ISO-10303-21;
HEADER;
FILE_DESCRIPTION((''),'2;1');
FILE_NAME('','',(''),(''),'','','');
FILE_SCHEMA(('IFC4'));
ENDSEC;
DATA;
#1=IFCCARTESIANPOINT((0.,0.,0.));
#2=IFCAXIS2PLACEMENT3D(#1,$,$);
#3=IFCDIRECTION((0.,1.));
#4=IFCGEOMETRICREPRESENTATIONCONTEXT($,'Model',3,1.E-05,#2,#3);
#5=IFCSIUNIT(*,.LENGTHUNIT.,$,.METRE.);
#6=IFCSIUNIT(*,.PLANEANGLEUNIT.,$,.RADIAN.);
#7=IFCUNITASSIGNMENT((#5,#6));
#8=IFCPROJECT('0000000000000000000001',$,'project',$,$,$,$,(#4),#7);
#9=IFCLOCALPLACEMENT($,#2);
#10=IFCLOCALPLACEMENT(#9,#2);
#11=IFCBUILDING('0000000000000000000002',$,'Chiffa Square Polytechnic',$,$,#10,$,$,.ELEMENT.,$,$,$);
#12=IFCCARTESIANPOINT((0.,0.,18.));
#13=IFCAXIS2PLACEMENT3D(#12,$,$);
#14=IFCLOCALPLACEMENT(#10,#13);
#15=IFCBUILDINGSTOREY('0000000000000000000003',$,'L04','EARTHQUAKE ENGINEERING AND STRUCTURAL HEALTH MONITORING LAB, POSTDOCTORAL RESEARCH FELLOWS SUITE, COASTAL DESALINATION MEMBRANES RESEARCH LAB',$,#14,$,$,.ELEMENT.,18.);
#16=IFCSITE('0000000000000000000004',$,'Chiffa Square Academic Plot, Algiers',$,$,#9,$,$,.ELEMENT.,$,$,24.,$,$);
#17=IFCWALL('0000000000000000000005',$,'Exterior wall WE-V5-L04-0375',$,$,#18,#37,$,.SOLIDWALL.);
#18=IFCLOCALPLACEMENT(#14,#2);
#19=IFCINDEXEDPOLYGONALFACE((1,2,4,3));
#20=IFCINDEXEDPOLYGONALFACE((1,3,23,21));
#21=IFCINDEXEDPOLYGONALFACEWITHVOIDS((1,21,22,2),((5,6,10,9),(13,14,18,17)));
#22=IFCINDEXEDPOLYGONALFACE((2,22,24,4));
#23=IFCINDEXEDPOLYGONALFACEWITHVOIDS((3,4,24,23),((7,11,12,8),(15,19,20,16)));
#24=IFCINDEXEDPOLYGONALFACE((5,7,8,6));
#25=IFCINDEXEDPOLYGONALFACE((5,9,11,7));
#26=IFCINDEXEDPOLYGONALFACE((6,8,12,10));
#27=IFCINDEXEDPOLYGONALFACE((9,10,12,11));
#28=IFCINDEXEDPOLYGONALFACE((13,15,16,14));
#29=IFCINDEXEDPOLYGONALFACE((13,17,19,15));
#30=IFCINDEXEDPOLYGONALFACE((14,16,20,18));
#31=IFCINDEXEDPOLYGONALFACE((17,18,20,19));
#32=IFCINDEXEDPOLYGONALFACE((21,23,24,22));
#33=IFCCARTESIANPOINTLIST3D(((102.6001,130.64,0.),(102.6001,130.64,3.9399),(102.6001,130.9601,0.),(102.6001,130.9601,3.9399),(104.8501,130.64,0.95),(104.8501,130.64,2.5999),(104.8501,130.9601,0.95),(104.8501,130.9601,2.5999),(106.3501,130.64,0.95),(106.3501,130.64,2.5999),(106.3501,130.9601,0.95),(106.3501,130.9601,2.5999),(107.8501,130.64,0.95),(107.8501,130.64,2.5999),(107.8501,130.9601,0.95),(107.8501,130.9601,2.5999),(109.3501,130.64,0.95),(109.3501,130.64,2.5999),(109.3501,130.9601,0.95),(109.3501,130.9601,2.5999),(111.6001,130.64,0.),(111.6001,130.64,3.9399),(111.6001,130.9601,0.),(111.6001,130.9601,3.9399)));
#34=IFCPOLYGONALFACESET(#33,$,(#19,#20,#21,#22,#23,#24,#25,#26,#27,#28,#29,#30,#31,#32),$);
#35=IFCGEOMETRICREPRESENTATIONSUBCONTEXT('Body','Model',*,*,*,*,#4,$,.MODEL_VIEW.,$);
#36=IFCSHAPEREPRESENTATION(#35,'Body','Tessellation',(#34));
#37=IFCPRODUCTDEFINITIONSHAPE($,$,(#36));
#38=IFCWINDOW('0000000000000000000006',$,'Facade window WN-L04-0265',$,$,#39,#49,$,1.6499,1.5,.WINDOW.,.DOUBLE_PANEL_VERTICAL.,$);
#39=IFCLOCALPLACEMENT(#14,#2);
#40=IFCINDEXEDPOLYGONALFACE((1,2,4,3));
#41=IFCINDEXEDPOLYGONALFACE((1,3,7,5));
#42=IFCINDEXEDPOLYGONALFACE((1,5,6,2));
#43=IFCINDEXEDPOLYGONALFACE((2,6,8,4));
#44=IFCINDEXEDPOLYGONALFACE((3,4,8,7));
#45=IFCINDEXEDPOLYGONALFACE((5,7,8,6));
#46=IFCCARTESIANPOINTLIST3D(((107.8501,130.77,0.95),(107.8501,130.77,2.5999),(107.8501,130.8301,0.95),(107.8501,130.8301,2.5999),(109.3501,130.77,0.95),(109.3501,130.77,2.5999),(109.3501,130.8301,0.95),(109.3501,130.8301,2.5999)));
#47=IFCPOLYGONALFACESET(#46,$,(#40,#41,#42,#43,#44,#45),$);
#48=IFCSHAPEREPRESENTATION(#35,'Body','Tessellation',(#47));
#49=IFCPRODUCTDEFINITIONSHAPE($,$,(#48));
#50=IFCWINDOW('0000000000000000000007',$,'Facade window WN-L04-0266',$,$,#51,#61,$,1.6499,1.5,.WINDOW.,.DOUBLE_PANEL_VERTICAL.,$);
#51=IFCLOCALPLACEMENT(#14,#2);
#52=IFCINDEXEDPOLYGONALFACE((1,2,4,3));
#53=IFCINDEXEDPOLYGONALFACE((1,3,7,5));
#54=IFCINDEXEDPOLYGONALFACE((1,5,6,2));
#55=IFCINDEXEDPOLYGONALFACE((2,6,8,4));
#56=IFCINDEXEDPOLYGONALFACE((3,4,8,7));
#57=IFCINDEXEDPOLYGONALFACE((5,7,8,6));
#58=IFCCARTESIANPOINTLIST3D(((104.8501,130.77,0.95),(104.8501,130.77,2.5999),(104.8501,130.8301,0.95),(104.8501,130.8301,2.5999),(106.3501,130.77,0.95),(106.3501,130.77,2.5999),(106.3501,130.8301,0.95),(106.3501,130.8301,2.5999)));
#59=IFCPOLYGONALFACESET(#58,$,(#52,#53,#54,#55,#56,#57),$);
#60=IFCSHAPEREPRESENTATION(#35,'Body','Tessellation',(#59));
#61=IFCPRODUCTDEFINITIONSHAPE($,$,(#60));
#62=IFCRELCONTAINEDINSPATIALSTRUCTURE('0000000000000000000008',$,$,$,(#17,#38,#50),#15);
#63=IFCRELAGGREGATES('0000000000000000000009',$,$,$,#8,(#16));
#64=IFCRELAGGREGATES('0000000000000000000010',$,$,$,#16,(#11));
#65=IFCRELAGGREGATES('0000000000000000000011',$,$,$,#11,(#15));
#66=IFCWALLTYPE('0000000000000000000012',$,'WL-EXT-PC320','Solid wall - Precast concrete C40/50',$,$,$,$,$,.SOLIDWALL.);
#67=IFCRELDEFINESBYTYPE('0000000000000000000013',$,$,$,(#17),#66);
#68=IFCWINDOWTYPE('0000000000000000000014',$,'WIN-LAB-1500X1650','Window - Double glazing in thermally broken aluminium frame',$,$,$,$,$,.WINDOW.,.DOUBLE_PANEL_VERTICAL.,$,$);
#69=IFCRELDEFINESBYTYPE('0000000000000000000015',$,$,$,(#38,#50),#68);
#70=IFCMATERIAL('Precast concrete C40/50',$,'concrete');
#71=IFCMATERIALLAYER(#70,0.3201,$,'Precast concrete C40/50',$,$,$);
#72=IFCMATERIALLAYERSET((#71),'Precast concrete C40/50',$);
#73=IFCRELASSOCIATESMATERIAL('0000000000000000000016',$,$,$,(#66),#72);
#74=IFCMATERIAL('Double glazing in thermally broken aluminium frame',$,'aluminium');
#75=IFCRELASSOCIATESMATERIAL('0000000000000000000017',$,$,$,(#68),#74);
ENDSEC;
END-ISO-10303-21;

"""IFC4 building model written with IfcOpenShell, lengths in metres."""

from ifc_helpers import new_model, si_unit, direction, frame, frame_2d, origin, place, context, subcontext, project, spatial, rectangle, extrude, material, layer, layer_set, type_object, element, fill, save


model = new_model("IFC4")

# Units and contexts
model_context = context("Model", 3, precision=1e-05, world=origin(), true_north=direction((0.0, 1.0)))
body_context = subcontext(model_context, "Body", "Model", "MODEL_VIEW")
ifc_project = project(units=[si_unit("LENGTHUNIT", "METRE"), si_unit("PLANEANGLEUNIT", "RADIAN")], contexts=[model_context])

# Site, building, storey
site_placement = place(None, origin())
site = spatial("IfcSite", under=ifc_project, at=site_placement, Name="Chiffa Square Academic Plot, Algiers", CompositionType="ELEMENT", RefElevation=24.0)
building_placement = place(site_placement, origin())
building = spatial("IfcBuilding", under=site, at=building_placement, Name="Chiffa Square Polytechnic", CompositionType="ELEMENT")
storey_placement = place(building_placement, frame((0.0, 0.0, 18.0)))
storey = spatial("IfcBuildingStorey", under=building, at=storey_placement, Name="L04", Description="EARTHQUAKE ENGINEERING AND STRUCTURAL HEALTH MONITORING LAB, POSTDOCTORAL RESEARCH FELLOWS SUITE, COASTAL DESALINATION MEMBRANES RESEARCH LAB", CompositionType="ELEMENT", Elevation=18.0)

# Wall, openings, windows
ifc_material_1 = material(Name="Precast concrete C40/50", Category="concrete")
ifc_layer = layer(ifc_material_1, 0.3201, Name="Precast concrete C40/50")
ifc_layer_set = layer_set([ifc_layer], Name="Precast concrete C40/50")
wall_type = type_object("IfcWallType", Name="WL-EXT-PC320", Description="Solid wall - Precast concrete C40/50", PredefinedType="SOLIDWALL", material=ifc_layer_set)
wall_placement = place(storey_placement, frame((111.6001, 130.8, 0.0), z_axis=(0.0, 0.0, 1.0), x_axis=(-1.0, 0.0, 0.0)))
wall = element("IfcWall", 1, at=wall_placement, inside=storey, type_object=wall_type, Name="Exterior wall WE-V5-L04-0375", PredefinedType="SOLIDWALL", context=body_context, shape_type="SweptSolid", body=[
    extrude(rectangle(XDim=9.0, YDim=0.3201, at=frame_2d((4.5, 0.0))), origin(), (0.0, 0.0, 1.0), 3.9399),
])
opening_1_placement = place(wall_placement, frame((2.25, 0.0, 0.95)))
opening_1 = element("IfcOpeningElement", 2, at=opening_1_placement, cuts=wall, PredefinedType="OPENING", context=body_context, shape_type="SweptSolid", body=[
    extrude(rectangle(XDim=1.5, YDim=1.6499, at=frame_2d((0.75, 0.825))), frame((0.0, 0.1699, 0.0), z_axis=(0.0, -1.0, 0.0), x_axis=(1.0, 0.0, 0.0)), (0.0, 0.0, 1.0), 0.3401),
])
opening_2_placement = place(wall_placement, frame((5.25, 0.0, 0.95)))
opening_2 = element("IfcOpeningElement", 3, at=opening_2_placement, cuts=wall, PredefinedType="OPENING", context=body_context, shape_type="SweptSolid", body=[
    extrude(rectangle(XDim=1.5, YDim=1.6499, at=frame_2d((0.75, 0.825))), frame((0.0, 0.1699, 0.0), z_axis=(0.0, -1.0, 0.0), x_axis=(1.0, 0.0, 0.0)), (0.0, 0.0, 1.0), 0.3401),
])
ifc_material_2 = material(Name="Double glazing in thermally broken aluminium frame", Category="aluminium")
window_type = type_object("IfcWindowType", Name="WIN-LAB-1500X1650", Description="Window - Double glazing in thermally broken aluminium frame", PartitioningType="DOUBLE_PANEL_VERTICAL", PredefinedType="WINDOW", material=ifc_material_2)
window_1_placement = place(opening_1_placement, origin())
window_1 = element("IfcWindow", 4, at=window_1_placement, inside=storey, type_object=window_type, Name="Facade window WN-L04-0265", OverallHeight=1.6499, OverallWidth=1.5, PartitioningType="DOUBLE_PANEL_VERTICAL", PredefinedType="WINDOW", context=body_context, shape_type="SweptSolid", body=[
    extrude(rectangle(XDim=1.5, YDim=1.6499, at=frame_2d((0.75, 0.825))), frame((0.0, 0.03, 0.0), z_axis=(0.0, -1.0, 0.0), x_axis=(1.0, 0.0, 0.0)), (0.0, 0.0, 1.0), 0.0601),
])
fill(opening_1, window_1)
window_2_placement = place(opening_2_placement, origin())
window_2 = element("IfcWindow", 5, at=window_2_placement, inside=storey, type_object=window_type, Name="Facade window WN-L04-0266", OverallHeight=1.6499, OverallWidth=1.5, PartitioningType="DOUBLE_PANEL_VERTICAL", PredefinedType="WINDOW", context=body_context, shape_type="SweptSolid", body=[
    extrude(rectangle(XDim=1.5, YDim=1.6499, at=frame_2d((0.75, 0.825))), frame((0.0, 0.03, 0.0), z_axis=(0.0, -1.0, 0.0), x_axis=(1.0, 0.0, 0.0)), (0.0, 0.0, 1.0), 0.0601),
])
fill(opening_2, window_2)

save(model, "model.ifc")
